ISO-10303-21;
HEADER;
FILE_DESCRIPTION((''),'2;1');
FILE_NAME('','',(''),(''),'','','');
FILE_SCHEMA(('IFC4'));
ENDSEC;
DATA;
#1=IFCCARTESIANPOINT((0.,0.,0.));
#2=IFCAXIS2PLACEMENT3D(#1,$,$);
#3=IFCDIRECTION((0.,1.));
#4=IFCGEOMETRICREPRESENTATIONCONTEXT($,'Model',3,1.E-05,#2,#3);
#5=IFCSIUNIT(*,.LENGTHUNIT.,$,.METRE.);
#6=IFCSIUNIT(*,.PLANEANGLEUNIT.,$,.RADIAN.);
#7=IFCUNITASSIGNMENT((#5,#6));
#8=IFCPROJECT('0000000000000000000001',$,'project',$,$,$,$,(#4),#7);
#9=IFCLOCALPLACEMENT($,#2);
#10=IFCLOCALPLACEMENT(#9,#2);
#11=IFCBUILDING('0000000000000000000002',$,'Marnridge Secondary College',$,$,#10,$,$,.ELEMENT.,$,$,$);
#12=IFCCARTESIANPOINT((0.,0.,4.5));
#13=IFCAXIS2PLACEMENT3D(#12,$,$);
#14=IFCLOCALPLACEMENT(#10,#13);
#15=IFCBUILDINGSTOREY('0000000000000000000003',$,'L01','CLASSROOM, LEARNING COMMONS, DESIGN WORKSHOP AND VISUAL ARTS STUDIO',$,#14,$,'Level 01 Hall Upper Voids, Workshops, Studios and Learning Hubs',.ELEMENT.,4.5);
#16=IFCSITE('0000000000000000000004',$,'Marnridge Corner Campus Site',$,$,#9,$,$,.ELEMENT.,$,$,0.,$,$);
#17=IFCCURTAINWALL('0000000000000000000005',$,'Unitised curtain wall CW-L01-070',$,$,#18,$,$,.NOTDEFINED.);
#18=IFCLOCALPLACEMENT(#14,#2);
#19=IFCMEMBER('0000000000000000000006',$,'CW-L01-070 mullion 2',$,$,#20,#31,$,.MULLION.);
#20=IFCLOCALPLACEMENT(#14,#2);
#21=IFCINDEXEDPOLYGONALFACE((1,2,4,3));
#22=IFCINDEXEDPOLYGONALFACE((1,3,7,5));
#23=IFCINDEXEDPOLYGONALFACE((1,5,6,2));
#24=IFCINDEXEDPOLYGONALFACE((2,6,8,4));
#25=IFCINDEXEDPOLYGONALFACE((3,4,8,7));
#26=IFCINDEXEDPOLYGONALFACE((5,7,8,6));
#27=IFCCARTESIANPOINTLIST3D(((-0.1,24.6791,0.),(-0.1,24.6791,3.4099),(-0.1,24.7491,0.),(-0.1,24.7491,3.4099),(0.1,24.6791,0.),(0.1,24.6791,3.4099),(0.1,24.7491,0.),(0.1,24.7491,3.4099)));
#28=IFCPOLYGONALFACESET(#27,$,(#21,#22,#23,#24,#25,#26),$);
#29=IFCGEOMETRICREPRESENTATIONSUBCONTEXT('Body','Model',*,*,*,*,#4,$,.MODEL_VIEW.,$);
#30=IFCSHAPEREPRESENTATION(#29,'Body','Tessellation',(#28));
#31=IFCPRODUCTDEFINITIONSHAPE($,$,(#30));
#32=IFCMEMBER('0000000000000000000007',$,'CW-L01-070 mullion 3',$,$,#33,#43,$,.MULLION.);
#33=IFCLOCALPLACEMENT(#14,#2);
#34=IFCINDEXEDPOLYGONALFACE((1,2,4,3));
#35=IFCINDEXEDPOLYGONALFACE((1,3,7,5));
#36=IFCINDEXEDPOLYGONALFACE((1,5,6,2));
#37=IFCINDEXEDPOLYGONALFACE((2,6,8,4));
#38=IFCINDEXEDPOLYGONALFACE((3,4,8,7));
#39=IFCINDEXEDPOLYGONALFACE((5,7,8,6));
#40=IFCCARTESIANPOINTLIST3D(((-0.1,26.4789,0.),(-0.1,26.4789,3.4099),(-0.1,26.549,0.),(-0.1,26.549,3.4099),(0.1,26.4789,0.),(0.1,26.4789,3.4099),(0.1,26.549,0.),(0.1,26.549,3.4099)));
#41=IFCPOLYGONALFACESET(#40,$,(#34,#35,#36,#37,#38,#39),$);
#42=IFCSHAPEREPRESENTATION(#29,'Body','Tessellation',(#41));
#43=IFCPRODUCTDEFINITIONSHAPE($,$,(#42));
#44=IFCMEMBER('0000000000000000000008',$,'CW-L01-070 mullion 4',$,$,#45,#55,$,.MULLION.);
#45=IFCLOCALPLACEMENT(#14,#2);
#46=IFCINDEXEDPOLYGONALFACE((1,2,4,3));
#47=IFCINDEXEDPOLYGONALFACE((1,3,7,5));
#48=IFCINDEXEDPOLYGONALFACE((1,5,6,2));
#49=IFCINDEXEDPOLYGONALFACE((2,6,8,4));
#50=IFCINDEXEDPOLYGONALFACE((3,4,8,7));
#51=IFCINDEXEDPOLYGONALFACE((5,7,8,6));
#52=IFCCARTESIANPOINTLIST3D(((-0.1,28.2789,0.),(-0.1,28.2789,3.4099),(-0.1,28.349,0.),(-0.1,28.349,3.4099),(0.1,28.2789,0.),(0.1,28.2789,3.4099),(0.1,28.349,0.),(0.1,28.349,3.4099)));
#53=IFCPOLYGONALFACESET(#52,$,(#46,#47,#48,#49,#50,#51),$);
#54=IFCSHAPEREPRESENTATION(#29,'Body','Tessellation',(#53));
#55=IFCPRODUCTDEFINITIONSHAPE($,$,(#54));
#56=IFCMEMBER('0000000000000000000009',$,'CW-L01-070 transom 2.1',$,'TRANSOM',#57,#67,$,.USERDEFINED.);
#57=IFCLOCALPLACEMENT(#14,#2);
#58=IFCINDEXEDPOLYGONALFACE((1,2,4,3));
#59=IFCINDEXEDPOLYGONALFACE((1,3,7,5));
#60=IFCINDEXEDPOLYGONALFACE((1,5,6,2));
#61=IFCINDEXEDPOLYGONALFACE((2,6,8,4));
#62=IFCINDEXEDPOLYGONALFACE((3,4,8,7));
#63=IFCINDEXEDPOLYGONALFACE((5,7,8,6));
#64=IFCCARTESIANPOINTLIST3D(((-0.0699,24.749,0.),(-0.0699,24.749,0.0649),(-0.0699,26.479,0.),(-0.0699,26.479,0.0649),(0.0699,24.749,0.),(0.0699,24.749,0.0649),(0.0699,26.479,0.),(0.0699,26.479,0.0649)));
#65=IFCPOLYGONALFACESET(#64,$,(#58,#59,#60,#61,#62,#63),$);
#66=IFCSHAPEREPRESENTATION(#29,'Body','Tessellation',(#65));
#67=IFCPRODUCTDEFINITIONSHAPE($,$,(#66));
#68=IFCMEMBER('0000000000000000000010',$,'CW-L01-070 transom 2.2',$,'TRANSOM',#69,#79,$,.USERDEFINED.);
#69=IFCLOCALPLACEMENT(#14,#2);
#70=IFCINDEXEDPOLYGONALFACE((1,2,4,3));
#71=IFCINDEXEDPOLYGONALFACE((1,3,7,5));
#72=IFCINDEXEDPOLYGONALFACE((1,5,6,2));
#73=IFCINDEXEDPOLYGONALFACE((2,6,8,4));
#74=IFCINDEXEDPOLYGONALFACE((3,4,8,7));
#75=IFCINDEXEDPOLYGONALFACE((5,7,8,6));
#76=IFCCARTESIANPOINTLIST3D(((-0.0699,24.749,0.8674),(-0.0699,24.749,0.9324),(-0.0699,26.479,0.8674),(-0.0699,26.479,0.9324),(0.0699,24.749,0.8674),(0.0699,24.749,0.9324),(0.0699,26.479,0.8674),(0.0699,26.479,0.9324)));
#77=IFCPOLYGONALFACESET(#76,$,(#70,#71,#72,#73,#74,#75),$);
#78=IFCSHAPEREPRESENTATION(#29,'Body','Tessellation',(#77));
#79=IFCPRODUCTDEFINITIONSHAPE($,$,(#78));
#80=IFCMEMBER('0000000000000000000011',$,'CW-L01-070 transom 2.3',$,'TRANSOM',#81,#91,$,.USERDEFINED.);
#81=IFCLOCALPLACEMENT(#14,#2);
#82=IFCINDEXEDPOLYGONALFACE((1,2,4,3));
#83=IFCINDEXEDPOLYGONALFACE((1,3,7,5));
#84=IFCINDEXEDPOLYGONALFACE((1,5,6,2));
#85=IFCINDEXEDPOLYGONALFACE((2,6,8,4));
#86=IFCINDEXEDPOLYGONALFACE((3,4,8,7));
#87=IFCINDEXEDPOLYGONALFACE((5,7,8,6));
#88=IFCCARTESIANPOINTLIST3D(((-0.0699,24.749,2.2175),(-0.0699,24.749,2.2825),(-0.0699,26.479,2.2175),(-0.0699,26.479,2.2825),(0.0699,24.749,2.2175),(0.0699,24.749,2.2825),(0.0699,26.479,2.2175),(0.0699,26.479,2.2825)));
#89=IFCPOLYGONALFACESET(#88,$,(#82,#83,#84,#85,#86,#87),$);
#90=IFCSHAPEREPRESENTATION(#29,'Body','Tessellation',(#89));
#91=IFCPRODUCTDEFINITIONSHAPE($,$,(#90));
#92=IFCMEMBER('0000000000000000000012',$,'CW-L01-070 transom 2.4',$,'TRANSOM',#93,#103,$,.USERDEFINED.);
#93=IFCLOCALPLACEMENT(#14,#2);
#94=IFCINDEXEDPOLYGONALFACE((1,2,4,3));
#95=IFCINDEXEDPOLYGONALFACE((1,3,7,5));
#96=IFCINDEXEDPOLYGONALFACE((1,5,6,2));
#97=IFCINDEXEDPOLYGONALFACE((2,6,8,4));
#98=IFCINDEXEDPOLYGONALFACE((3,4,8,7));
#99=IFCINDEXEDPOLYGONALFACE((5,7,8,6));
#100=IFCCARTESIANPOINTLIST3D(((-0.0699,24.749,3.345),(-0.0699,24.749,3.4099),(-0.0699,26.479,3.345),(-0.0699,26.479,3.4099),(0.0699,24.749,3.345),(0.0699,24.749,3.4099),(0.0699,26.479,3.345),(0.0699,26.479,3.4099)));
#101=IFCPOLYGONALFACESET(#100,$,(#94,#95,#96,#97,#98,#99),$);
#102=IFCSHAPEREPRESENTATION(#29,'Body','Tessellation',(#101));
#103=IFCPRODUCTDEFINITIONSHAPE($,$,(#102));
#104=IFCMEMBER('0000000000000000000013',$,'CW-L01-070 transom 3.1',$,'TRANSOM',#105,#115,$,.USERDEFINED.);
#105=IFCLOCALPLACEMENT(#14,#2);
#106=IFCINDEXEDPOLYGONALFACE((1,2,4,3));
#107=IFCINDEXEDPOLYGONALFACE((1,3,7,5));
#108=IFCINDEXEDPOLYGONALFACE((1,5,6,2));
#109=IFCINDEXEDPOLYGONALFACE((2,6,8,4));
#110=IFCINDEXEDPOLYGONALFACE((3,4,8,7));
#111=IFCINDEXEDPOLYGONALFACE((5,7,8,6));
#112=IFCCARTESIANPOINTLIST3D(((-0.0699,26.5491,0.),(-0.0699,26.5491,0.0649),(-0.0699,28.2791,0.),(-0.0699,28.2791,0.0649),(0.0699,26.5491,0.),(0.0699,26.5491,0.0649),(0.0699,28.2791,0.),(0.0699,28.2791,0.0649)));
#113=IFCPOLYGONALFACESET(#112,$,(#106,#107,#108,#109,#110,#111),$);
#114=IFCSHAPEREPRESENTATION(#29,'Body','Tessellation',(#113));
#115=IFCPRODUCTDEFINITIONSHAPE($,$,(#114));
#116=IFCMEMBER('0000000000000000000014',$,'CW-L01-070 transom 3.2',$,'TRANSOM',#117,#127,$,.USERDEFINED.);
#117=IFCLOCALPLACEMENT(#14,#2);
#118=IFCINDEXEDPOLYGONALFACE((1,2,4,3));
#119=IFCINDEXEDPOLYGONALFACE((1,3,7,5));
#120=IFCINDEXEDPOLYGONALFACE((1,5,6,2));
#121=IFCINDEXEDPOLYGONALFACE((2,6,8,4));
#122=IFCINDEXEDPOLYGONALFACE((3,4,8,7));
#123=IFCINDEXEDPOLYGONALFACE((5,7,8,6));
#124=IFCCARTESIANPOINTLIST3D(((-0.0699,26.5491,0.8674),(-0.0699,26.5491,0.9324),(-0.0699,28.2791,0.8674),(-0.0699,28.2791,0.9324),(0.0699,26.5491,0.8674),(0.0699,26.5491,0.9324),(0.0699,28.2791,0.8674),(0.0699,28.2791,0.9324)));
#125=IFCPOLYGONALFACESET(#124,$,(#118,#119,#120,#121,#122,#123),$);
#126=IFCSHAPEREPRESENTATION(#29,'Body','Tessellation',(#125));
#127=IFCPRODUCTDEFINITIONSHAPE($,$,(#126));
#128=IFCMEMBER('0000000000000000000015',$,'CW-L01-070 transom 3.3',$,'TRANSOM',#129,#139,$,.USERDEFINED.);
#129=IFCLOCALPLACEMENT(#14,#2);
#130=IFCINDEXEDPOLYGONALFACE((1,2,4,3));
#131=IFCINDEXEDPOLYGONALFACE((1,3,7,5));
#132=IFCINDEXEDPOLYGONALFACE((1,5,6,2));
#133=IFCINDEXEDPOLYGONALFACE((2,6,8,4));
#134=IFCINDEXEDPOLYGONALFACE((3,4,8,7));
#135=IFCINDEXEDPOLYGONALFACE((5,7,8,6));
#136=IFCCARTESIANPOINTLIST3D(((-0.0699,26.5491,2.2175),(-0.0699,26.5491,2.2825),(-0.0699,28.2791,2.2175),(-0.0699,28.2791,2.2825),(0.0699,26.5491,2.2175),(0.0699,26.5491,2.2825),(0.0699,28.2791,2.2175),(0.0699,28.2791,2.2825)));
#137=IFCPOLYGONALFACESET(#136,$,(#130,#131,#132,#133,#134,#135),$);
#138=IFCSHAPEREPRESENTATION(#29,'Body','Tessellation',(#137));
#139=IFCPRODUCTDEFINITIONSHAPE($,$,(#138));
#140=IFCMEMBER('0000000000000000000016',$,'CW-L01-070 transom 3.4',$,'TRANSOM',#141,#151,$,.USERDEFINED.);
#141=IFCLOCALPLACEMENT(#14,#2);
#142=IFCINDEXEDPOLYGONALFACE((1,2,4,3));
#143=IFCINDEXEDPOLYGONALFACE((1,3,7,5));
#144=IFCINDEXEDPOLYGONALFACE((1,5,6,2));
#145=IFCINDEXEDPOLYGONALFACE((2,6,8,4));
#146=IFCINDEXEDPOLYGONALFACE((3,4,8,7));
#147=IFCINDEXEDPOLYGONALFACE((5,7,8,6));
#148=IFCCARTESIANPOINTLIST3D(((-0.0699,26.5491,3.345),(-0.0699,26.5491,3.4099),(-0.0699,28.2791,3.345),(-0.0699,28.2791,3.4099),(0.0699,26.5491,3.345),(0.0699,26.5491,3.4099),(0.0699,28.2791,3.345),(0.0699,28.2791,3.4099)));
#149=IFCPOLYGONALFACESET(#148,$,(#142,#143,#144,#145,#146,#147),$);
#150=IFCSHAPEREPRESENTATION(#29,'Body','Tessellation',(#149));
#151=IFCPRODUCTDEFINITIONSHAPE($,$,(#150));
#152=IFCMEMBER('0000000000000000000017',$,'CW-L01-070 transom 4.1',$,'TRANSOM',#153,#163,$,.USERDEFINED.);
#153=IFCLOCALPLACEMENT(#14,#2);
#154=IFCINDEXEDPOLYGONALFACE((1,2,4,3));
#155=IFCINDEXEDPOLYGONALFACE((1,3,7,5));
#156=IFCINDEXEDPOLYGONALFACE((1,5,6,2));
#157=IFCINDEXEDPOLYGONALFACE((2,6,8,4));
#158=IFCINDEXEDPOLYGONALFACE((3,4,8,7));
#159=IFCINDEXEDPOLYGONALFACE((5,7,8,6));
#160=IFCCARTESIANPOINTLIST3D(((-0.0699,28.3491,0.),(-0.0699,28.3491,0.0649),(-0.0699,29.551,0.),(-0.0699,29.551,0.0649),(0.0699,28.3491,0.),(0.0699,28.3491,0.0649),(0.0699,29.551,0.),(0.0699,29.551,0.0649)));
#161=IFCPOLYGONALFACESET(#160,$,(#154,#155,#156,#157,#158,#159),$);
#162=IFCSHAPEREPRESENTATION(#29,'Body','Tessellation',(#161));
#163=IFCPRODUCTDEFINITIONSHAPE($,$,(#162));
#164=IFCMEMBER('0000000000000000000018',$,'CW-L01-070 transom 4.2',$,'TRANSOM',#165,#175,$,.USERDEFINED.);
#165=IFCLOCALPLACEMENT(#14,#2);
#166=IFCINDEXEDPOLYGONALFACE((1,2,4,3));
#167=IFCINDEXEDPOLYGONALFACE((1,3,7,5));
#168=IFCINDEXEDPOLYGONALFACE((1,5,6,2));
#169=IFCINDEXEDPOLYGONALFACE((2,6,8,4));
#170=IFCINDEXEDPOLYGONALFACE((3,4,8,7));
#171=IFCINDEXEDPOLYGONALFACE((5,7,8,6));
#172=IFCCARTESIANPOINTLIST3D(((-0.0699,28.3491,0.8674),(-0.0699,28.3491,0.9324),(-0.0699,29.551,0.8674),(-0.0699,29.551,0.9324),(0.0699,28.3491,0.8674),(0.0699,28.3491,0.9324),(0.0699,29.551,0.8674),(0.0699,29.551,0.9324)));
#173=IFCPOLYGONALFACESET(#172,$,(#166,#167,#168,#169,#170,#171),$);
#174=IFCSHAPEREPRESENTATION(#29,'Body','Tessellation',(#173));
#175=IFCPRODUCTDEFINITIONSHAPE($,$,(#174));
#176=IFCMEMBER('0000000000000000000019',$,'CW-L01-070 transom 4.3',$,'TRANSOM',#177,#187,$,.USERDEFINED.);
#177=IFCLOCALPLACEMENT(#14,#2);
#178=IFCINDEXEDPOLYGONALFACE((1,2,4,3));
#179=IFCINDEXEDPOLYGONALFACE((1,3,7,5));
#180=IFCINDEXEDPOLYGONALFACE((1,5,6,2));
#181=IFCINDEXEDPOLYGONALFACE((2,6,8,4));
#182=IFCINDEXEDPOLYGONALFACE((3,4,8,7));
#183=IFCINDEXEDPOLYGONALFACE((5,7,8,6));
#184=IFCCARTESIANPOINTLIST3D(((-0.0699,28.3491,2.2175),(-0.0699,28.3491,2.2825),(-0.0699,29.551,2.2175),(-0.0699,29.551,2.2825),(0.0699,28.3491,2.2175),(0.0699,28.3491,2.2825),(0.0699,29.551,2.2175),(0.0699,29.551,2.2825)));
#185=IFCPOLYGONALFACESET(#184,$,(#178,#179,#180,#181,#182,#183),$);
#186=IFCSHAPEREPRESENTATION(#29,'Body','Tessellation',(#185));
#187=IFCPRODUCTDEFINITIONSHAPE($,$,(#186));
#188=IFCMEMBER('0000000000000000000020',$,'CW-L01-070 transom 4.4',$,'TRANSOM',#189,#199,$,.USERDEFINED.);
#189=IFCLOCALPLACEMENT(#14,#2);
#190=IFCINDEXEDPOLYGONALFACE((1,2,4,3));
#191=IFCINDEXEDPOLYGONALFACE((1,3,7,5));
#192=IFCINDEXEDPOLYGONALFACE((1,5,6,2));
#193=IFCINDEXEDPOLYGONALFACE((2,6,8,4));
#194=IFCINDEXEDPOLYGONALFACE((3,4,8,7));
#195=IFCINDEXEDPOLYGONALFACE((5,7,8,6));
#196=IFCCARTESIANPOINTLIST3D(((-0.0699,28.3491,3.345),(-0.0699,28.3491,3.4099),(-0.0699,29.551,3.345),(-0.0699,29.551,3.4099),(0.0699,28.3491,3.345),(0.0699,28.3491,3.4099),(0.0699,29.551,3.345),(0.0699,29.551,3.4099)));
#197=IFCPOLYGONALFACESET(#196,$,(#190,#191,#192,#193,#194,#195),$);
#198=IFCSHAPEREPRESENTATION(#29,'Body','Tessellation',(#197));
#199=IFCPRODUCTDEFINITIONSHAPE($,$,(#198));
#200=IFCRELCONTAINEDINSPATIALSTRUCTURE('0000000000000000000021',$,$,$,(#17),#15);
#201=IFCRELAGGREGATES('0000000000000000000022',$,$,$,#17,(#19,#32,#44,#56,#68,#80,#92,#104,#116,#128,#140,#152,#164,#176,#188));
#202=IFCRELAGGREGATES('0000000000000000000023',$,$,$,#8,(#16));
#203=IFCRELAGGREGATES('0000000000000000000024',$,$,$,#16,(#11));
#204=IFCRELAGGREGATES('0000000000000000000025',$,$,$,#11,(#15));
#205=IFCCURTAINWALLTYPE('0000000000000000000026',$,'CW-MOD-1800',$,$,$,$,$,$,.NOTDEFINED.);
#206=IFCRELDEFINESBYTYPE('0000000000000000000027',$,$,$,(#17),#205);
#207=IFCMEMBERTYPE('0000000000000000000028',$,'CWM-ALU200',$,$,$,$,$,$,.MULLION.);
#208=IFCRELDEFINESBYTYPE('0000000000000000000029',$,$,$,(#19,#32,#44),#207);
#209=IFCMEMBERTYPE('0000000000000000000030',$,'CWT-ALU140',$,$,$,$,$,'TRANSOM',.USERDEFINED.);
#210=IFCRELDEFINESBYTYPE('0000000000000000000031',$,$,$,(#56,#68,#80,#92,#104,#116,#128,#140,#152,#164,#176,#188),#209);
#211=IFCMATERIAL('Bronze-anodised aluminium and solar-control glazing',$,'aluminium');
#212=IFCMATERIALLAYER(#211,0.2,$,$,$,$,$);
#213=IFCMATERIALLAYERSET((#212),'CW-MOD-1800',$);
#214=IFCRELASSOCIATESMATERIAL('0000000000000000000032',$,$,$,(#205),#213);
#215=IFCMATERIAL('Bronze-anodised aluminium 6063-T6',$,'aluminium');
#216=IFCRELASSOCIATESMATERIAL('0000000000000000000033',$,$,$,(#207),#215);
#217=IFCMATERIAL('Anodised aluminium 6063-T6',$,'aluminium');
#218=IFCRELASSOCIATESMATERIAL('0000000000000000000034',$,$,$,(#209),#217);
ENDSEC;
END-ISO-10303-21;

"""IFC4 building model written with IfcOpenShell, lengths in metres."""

from ifc_helpers import new_model, si_unit, direction, frame, origin, origin_2d, place, context, subcontext, project, spatial, rectangle, extrude, material, layer, layer_set, material_profile, profile_set, type_object, element, aggregate, save


model = new_model("IFC4")

# Units and contexts
model_context = context("Model", 3, precision=1e-05, world=origin(), true_north=direction((0.0, 1.0)))
body_context = subcontext(model_context, "Body", "Model", "MODEL_VIEW")
ifc_project = project(units=[si_unit("LENGTHUNIT", "METRE"), si_unit("PLANEANGLEUNIT", "RADIAN")], contexts=[model_context])

# Site, building, storey
site_placement = place(None, origin())
site = spatial("IfcSite", under=ifc_project, at=site_placement, Name="Marnridge Corner Campus Site", CompositionType="ELEMENT", RefElevation=0.0)
building_placement = place(site_placement, origin())
building = spatial("IfcBuilding", under=site, at=building_placement, Name="Marnridge Secondary College", CompositionType="ELEMENT")
storey_placement = place(building_placement, frame((0.0, 0.0, 4.5)))
storey = spatial("IfcBuildingStorey", under=building, at=storey_placement, Name="L01", Description="CLASSROOM, LEARNING COMMONS, DESIGN WORKSHOP AND VISUAL ARTS STUDIO", LongName="Level 01 Hall Upper Voids, Workshops, Studios and Learning Hubs", CompositionType="ELEMENT", Elevation=4.5)

# Curtain wall, members
ifc_material_1 = material(Name="Bronze-anodised aluminium and solar-control glazing", Category="aluminium")
ifc_layer_1 = layer(ifc_material_1, 0.2)
ifc_layer_set_1 = layer_set([ifc_layer_1], Name="CW-MOD-1800")
curtain_wall_type = type_object("IfcCurtainWallType", Name="CW-MOD-1800", PredefinedType="NOTDEFINED", material=ifc_layer_set_1)
curtain_wall_placement = place(storey_placement, origin())
curtain_wall = element("IfcCurtainWall", 1, at=curtain_wall_placement, inside=storey, type_object=curtain_wall_type, Name="Unitised curtain wall CW-L01-070", PredefinedType="NOTDEFINED")
ifc_material_2 = material(Name="Bronze-anodised aluminium 6063-T6", Category="aluminium")
ifc_material_profile_1 = material_profile(ifc_material_2, rectangle(XDim=0.0701, YDim=0.2, at=origin_2d()), Name="ALU 70x200")
ifc_profile_set_1 = profile_set([ifc_material_profile_1], Name="Bronze-anodised aluminium 6063-T6")
member_type_1 = type_object("IfcMemberType", Name="CWM-ALU200", PredefinedType="MULLION", material=ifc_profile_set_1)
member_1_placement = place(storey_placement, frame((0.0, 24.7141, 0.0), z_axis=(0.0, 0.0, 1.0), x_axis=(0.0, 1.0, 0.0)))
member_1 = element("IfcMember", 2, at=member_1_placement, type_object=member_type_1, Name="CW-L01-070 mullion 2", PredefinedType="MULLION", context=body_context, shape_type="SweptSolid", body=[
    extrude(rectangle(XDim=0.0701, YDim=0.2, at=origin_2d()), origin(), (0.0, 0.0, 1.0), 3.4099),
])
member_2_placement = place(storey_placement, frame((0.0, 26.5139, 0.0), z_axis=(0.0, 0.0, 1.0), x_axis=(0.0, 1.0, 0.0)))
member_2 = element("IfcMember", 3, at=member_2_placement, type_object=member_type_1, Name="CW-L01-070 mullion 3", PredefinedType="MULLION", context=body_context, shape_type="SweptSolid", body=[
    extrude(rectangle(XDim=0.0701, YDim=0.2, at=origin_2d()), origin(), (0.0, 0.0, 1.0), 3.4099),
])
member_3_placement = place(storey_placement, frame((0.0, 28.314, 0.0), z_axis=(0.0, 0.0, 1.0), x_axis=(0.0, 1.0, 0.0)))
member_3 = element("IfcMember", 4, at=member_3_placement, type_object=member_type_1, Name="CW-L01-070 mullion 4", PredefinedType="MULLION", context=body_context, shape_type="SweptSolid", body=[
    extrude(rectangle(XDim=0.0701, YDim=0.2, at=origin_2d()), origin(), (0.0, 0.0, 1.0), 3.4099),
])
ifc_material_3 = material(Name="Anodised aluminium 6063-T6", Category="aluminium")
ifc_material_profile_2 = material_profile(ifc_material_3, rectangle(XDim=0.0649, YDim=0.1399, at=origin_2d()), Name="ALU 65x140")
ifc_profile_set_2 = profile_set([ifc_material_profile_2], Name="Anodised aluminium 6063-T6")
member_type_2 = type_object("IfcMemberType", Name="CWT-ALU140", ElementType="TRANSOM", PredefinedType="USERDEFINED", material=ifc_profile_set_2)
member_4_placement = place(storey_placement, frame((0.0, 24.749, 0.0325), z_axis=(0.0, 1.0, 0.0), x_axis=(0.0, 0.0, 1.0)))
member_4 = element("IfcMember", 5, at=member_4_placement, type_object=member_type_2, Name="CW-L01-070 transom 2.1", ObjectType="TRANSOM", PredefinedType="USERDEFINED", context=body_context, shape_type="SweptSolid", body=[
    extrude(rectangle(XDim=0.0649, YDim=0.1399, at=origin_2d()), origin(), (0.0, 0.0, 1.0), 1.73),
])
member_5_placement = place(storey_placement, frame((0.0, 24.749, 0.8999), z_axis=(0.0, 1.0, 0.0), x_axis=(0.0, 0.0, 1.0)))
member_5 = element("IfcMember", 6, at=member_5_placement, type_object=member_type_2, Name="CW-L01-070 transom 2.2", ObjectType="TRANSOM", PredefinedType="USERDEFINED", context=body_context, shape_type="SweptSolid", body=[
    extrude(rectangle(XDim=0.0649, YDim=0.1399, at=origin_2d()), origin(), (0.0, 0.0, 1.0), 1.73),
])
member_6_placement = place(storey_placement, frame((0.0, 24.749, 2.25), z_axis=(0.0, 1.0, 0.0), x_axis=(0.0, 0.0, 1.0)))
member_6 = element("IfcMember", 7, at=member_6_placement, type_object=member_type_2, Name="CW-L01-070 transom 2.3", ObjectType="TRANSOM", PredefinedType="USERDEFINED", context=body_context, shape_type="SweptSolid", body=[
    extrude(rectangle(XDim=0.0649, YDim=0.1399, at=origin_2d()), origin(), (0.0, 0.0, 1.0), 1.73),
])
member_7_placement = place(storey_placement, frame((0.0, 24.749, 3.3774), z_axis=(0.0, 1.0, 0.0), x_axis=(0.0, 0.0, 1.0)))
member_7 = element("IfcMember", 8, at=member_7_placement, type_object=member_type_2, Name="CW-L01-070 transom 2.4", ObjectType="TRANSOM", PredefinedType="USERDEFINED", context=body_context, shape_type="SweptSolid", body=[
    extrude(rectangle(XDim=0.0649, YDim=0.1399, at=origin_2d()), origin(), (0.0, 0.0, 1.0), 1.73),
])
member_8_placement = place(storey_placement, frame((0.0, 26.5491, 0.0325), z_axis=(0.0, 1.0, 0.0), x_axis=(0.0, 0.0, 1.0)))
member_8 = element("IfcMember", 9, at=member_8_placement, type_object=member_type_2, Name="CW-L01-070 transom 3.1", ObjectType="TRANSOM", PredefinedType="USERDEFINED", context=body_context, shape_type="SweptSolid", body=[
    extrude(rectangle(XDim=0.0649, YDim=0.1399, at=origin_2d()), origin(), (0.0, 0.0, 1.0), 1.73),
])
member_9_placement = place(storey_placement, frame((0.0, 26.5491, 0.8999), z_axis=(0.0, 1.0, 0.0), x_axis=(0.0, 0.0, 1.0)))
member_9 = element("IfcMember", 10, at=member_9_placement, type_object=member_type_2, Name="CW-L01-070 transom 3.2", ObjectType="TRANSOM", PredefinedType="USERDEFINED", context=body_context, shape_type="SweptSolid", body=[
    extrude(rectangle(XDim=0.0649, YDim=0.1399, at=origin_2d()), origin(), (0.0, 0.0, 1.0), 1.73),
])
member_10_placement = place(storey_placement, frame((0.0, 26.5491, 2.25), z_axis=(0.0, 1.0, 0.0), x_axis=(0.0, 0.0, 1.0)))
member_10 = element("IfcMember", 11, at=member_10_placement, type_object=member_type_2, Name="CW-L01-070 transom 3.3", ObjectType="TRANSOM", PredefinedType="USERDEFINED", context=body_context, shape_type="SweptSolid", body=[
    extrude(rectangle(XDim=0.0649, YDim=0.1399, at=origin_2d()), origin(), (0.0, 0.0, 1.0), 1.73),
])
member_11_placement = place(storey_placement, frame((0.0, 26.5491, 3.3774), z_axis=(0.0, 1.0, 0.0), x_axis=(0.0, 0.0, 1.0)))
member_11 = element("IfcMember", 12, at=member_11_placement, type_object=member_type_2, Name="CW-L01-070 transom 3.4", ObjectType="TRANSOM", PredefinedType="USERDEFINED", context=body_context, shape_type="SweptSolid", body=[
    extrude(rectangle(XDim=0.0649, YDim=0.1399, at=origin_2d()), origin(), (0.0, 0.0, 1.0), 1.73),
])
member_12_placement = place(storey_placement, frame((0.0, 28.3491, 0.0325), z_axis=(0.0, 1.0, 0.0), x_axis=(0.0, 0.0, 1.0)))
member_12 = element("IfcMember", 13, at=member_12_placement, type_object=member_type_2, Name="CW-L01-070 transom 4.1", ObjectType="TRANSOM", PredefinedType="USERDEFINED", context=body_context, shape_type="SweptSolid", body=[
    extrude(rectangle(XDim=0.0649, YDim=0.1399, at=origin_2d()), origin(), (0.0, 0.0, 1.0), 1.2019),
])
member_13_placement = place(storey_placement, frame((0.0, 28.3491, 0.8999), z_axis=(0.0, 1.0, 0.0), x_axis=(0.0, 0.0, 1.0)))
member_13 = element("IfcMember", 14, at=member_13_placement, type_object=member_type_2, Name="CW-L01-070 transom 4.2", ObjectType="TRANSOM", PredefinedType="USERDEFINED", context=body_context, shape_type="SweptSolid", body=[
    extrude(rectangle(XDim=0.0649, YDim=0.1399, at=origin_2d()), origin(), (0.0, 0.0, 1.0), 1.2019),
])
member_14_placement = place(storey_placement, frame((0.0, 28.3491, 2.25), z_axis=(0.0, 1.0, 0.0), x_axis=(0.0, 0.0, 1.0)))
member_14 = element("IfcMember", 15, at=member_14_placement, type_object=member_type_2, Name="CW-L01-070 transom 4.3", ObjectType="TRANSOM", PredefinedType="USERDEFINED", context=body_context, shape_type="SweptSolid", body=[
    extrude(rectangle(XDim=0.0649, YDim=0.1399, at=origin_2d()), origin(), (0.0, 0.0, 1.0), 1.2019),
])
member_15_placement = place(storey_placement, frame((0.0, 28.3491, 3.3774), z_axis=(0.0, 1.0, 0.0), x_axis=(0.0, 0.0, 1.0)))
member_15 = element("IfcMember", 16, at=member_15_placement, type_object=member_type_2, Name="CW-L01-070 transom 4.4", ObjectType="TRANSOM", PredefinedType="USERDEFINED", context=body_context, shape_type="SweptSolid", body=[
    extrude(rectangle(XDim=0.0649, YDim=0.1399, at=origin_2d()), origin(), (0.0, 0.0, 1.0), 1.2019),
])
aggregate(curtain_wall, [member_1, member_2, member_3, member_4, member_5, member_6, member_7, member_8, member_9, member_10, member_11, member_12, member_13, member_14, member_15])

save(model, "model.ifc")
